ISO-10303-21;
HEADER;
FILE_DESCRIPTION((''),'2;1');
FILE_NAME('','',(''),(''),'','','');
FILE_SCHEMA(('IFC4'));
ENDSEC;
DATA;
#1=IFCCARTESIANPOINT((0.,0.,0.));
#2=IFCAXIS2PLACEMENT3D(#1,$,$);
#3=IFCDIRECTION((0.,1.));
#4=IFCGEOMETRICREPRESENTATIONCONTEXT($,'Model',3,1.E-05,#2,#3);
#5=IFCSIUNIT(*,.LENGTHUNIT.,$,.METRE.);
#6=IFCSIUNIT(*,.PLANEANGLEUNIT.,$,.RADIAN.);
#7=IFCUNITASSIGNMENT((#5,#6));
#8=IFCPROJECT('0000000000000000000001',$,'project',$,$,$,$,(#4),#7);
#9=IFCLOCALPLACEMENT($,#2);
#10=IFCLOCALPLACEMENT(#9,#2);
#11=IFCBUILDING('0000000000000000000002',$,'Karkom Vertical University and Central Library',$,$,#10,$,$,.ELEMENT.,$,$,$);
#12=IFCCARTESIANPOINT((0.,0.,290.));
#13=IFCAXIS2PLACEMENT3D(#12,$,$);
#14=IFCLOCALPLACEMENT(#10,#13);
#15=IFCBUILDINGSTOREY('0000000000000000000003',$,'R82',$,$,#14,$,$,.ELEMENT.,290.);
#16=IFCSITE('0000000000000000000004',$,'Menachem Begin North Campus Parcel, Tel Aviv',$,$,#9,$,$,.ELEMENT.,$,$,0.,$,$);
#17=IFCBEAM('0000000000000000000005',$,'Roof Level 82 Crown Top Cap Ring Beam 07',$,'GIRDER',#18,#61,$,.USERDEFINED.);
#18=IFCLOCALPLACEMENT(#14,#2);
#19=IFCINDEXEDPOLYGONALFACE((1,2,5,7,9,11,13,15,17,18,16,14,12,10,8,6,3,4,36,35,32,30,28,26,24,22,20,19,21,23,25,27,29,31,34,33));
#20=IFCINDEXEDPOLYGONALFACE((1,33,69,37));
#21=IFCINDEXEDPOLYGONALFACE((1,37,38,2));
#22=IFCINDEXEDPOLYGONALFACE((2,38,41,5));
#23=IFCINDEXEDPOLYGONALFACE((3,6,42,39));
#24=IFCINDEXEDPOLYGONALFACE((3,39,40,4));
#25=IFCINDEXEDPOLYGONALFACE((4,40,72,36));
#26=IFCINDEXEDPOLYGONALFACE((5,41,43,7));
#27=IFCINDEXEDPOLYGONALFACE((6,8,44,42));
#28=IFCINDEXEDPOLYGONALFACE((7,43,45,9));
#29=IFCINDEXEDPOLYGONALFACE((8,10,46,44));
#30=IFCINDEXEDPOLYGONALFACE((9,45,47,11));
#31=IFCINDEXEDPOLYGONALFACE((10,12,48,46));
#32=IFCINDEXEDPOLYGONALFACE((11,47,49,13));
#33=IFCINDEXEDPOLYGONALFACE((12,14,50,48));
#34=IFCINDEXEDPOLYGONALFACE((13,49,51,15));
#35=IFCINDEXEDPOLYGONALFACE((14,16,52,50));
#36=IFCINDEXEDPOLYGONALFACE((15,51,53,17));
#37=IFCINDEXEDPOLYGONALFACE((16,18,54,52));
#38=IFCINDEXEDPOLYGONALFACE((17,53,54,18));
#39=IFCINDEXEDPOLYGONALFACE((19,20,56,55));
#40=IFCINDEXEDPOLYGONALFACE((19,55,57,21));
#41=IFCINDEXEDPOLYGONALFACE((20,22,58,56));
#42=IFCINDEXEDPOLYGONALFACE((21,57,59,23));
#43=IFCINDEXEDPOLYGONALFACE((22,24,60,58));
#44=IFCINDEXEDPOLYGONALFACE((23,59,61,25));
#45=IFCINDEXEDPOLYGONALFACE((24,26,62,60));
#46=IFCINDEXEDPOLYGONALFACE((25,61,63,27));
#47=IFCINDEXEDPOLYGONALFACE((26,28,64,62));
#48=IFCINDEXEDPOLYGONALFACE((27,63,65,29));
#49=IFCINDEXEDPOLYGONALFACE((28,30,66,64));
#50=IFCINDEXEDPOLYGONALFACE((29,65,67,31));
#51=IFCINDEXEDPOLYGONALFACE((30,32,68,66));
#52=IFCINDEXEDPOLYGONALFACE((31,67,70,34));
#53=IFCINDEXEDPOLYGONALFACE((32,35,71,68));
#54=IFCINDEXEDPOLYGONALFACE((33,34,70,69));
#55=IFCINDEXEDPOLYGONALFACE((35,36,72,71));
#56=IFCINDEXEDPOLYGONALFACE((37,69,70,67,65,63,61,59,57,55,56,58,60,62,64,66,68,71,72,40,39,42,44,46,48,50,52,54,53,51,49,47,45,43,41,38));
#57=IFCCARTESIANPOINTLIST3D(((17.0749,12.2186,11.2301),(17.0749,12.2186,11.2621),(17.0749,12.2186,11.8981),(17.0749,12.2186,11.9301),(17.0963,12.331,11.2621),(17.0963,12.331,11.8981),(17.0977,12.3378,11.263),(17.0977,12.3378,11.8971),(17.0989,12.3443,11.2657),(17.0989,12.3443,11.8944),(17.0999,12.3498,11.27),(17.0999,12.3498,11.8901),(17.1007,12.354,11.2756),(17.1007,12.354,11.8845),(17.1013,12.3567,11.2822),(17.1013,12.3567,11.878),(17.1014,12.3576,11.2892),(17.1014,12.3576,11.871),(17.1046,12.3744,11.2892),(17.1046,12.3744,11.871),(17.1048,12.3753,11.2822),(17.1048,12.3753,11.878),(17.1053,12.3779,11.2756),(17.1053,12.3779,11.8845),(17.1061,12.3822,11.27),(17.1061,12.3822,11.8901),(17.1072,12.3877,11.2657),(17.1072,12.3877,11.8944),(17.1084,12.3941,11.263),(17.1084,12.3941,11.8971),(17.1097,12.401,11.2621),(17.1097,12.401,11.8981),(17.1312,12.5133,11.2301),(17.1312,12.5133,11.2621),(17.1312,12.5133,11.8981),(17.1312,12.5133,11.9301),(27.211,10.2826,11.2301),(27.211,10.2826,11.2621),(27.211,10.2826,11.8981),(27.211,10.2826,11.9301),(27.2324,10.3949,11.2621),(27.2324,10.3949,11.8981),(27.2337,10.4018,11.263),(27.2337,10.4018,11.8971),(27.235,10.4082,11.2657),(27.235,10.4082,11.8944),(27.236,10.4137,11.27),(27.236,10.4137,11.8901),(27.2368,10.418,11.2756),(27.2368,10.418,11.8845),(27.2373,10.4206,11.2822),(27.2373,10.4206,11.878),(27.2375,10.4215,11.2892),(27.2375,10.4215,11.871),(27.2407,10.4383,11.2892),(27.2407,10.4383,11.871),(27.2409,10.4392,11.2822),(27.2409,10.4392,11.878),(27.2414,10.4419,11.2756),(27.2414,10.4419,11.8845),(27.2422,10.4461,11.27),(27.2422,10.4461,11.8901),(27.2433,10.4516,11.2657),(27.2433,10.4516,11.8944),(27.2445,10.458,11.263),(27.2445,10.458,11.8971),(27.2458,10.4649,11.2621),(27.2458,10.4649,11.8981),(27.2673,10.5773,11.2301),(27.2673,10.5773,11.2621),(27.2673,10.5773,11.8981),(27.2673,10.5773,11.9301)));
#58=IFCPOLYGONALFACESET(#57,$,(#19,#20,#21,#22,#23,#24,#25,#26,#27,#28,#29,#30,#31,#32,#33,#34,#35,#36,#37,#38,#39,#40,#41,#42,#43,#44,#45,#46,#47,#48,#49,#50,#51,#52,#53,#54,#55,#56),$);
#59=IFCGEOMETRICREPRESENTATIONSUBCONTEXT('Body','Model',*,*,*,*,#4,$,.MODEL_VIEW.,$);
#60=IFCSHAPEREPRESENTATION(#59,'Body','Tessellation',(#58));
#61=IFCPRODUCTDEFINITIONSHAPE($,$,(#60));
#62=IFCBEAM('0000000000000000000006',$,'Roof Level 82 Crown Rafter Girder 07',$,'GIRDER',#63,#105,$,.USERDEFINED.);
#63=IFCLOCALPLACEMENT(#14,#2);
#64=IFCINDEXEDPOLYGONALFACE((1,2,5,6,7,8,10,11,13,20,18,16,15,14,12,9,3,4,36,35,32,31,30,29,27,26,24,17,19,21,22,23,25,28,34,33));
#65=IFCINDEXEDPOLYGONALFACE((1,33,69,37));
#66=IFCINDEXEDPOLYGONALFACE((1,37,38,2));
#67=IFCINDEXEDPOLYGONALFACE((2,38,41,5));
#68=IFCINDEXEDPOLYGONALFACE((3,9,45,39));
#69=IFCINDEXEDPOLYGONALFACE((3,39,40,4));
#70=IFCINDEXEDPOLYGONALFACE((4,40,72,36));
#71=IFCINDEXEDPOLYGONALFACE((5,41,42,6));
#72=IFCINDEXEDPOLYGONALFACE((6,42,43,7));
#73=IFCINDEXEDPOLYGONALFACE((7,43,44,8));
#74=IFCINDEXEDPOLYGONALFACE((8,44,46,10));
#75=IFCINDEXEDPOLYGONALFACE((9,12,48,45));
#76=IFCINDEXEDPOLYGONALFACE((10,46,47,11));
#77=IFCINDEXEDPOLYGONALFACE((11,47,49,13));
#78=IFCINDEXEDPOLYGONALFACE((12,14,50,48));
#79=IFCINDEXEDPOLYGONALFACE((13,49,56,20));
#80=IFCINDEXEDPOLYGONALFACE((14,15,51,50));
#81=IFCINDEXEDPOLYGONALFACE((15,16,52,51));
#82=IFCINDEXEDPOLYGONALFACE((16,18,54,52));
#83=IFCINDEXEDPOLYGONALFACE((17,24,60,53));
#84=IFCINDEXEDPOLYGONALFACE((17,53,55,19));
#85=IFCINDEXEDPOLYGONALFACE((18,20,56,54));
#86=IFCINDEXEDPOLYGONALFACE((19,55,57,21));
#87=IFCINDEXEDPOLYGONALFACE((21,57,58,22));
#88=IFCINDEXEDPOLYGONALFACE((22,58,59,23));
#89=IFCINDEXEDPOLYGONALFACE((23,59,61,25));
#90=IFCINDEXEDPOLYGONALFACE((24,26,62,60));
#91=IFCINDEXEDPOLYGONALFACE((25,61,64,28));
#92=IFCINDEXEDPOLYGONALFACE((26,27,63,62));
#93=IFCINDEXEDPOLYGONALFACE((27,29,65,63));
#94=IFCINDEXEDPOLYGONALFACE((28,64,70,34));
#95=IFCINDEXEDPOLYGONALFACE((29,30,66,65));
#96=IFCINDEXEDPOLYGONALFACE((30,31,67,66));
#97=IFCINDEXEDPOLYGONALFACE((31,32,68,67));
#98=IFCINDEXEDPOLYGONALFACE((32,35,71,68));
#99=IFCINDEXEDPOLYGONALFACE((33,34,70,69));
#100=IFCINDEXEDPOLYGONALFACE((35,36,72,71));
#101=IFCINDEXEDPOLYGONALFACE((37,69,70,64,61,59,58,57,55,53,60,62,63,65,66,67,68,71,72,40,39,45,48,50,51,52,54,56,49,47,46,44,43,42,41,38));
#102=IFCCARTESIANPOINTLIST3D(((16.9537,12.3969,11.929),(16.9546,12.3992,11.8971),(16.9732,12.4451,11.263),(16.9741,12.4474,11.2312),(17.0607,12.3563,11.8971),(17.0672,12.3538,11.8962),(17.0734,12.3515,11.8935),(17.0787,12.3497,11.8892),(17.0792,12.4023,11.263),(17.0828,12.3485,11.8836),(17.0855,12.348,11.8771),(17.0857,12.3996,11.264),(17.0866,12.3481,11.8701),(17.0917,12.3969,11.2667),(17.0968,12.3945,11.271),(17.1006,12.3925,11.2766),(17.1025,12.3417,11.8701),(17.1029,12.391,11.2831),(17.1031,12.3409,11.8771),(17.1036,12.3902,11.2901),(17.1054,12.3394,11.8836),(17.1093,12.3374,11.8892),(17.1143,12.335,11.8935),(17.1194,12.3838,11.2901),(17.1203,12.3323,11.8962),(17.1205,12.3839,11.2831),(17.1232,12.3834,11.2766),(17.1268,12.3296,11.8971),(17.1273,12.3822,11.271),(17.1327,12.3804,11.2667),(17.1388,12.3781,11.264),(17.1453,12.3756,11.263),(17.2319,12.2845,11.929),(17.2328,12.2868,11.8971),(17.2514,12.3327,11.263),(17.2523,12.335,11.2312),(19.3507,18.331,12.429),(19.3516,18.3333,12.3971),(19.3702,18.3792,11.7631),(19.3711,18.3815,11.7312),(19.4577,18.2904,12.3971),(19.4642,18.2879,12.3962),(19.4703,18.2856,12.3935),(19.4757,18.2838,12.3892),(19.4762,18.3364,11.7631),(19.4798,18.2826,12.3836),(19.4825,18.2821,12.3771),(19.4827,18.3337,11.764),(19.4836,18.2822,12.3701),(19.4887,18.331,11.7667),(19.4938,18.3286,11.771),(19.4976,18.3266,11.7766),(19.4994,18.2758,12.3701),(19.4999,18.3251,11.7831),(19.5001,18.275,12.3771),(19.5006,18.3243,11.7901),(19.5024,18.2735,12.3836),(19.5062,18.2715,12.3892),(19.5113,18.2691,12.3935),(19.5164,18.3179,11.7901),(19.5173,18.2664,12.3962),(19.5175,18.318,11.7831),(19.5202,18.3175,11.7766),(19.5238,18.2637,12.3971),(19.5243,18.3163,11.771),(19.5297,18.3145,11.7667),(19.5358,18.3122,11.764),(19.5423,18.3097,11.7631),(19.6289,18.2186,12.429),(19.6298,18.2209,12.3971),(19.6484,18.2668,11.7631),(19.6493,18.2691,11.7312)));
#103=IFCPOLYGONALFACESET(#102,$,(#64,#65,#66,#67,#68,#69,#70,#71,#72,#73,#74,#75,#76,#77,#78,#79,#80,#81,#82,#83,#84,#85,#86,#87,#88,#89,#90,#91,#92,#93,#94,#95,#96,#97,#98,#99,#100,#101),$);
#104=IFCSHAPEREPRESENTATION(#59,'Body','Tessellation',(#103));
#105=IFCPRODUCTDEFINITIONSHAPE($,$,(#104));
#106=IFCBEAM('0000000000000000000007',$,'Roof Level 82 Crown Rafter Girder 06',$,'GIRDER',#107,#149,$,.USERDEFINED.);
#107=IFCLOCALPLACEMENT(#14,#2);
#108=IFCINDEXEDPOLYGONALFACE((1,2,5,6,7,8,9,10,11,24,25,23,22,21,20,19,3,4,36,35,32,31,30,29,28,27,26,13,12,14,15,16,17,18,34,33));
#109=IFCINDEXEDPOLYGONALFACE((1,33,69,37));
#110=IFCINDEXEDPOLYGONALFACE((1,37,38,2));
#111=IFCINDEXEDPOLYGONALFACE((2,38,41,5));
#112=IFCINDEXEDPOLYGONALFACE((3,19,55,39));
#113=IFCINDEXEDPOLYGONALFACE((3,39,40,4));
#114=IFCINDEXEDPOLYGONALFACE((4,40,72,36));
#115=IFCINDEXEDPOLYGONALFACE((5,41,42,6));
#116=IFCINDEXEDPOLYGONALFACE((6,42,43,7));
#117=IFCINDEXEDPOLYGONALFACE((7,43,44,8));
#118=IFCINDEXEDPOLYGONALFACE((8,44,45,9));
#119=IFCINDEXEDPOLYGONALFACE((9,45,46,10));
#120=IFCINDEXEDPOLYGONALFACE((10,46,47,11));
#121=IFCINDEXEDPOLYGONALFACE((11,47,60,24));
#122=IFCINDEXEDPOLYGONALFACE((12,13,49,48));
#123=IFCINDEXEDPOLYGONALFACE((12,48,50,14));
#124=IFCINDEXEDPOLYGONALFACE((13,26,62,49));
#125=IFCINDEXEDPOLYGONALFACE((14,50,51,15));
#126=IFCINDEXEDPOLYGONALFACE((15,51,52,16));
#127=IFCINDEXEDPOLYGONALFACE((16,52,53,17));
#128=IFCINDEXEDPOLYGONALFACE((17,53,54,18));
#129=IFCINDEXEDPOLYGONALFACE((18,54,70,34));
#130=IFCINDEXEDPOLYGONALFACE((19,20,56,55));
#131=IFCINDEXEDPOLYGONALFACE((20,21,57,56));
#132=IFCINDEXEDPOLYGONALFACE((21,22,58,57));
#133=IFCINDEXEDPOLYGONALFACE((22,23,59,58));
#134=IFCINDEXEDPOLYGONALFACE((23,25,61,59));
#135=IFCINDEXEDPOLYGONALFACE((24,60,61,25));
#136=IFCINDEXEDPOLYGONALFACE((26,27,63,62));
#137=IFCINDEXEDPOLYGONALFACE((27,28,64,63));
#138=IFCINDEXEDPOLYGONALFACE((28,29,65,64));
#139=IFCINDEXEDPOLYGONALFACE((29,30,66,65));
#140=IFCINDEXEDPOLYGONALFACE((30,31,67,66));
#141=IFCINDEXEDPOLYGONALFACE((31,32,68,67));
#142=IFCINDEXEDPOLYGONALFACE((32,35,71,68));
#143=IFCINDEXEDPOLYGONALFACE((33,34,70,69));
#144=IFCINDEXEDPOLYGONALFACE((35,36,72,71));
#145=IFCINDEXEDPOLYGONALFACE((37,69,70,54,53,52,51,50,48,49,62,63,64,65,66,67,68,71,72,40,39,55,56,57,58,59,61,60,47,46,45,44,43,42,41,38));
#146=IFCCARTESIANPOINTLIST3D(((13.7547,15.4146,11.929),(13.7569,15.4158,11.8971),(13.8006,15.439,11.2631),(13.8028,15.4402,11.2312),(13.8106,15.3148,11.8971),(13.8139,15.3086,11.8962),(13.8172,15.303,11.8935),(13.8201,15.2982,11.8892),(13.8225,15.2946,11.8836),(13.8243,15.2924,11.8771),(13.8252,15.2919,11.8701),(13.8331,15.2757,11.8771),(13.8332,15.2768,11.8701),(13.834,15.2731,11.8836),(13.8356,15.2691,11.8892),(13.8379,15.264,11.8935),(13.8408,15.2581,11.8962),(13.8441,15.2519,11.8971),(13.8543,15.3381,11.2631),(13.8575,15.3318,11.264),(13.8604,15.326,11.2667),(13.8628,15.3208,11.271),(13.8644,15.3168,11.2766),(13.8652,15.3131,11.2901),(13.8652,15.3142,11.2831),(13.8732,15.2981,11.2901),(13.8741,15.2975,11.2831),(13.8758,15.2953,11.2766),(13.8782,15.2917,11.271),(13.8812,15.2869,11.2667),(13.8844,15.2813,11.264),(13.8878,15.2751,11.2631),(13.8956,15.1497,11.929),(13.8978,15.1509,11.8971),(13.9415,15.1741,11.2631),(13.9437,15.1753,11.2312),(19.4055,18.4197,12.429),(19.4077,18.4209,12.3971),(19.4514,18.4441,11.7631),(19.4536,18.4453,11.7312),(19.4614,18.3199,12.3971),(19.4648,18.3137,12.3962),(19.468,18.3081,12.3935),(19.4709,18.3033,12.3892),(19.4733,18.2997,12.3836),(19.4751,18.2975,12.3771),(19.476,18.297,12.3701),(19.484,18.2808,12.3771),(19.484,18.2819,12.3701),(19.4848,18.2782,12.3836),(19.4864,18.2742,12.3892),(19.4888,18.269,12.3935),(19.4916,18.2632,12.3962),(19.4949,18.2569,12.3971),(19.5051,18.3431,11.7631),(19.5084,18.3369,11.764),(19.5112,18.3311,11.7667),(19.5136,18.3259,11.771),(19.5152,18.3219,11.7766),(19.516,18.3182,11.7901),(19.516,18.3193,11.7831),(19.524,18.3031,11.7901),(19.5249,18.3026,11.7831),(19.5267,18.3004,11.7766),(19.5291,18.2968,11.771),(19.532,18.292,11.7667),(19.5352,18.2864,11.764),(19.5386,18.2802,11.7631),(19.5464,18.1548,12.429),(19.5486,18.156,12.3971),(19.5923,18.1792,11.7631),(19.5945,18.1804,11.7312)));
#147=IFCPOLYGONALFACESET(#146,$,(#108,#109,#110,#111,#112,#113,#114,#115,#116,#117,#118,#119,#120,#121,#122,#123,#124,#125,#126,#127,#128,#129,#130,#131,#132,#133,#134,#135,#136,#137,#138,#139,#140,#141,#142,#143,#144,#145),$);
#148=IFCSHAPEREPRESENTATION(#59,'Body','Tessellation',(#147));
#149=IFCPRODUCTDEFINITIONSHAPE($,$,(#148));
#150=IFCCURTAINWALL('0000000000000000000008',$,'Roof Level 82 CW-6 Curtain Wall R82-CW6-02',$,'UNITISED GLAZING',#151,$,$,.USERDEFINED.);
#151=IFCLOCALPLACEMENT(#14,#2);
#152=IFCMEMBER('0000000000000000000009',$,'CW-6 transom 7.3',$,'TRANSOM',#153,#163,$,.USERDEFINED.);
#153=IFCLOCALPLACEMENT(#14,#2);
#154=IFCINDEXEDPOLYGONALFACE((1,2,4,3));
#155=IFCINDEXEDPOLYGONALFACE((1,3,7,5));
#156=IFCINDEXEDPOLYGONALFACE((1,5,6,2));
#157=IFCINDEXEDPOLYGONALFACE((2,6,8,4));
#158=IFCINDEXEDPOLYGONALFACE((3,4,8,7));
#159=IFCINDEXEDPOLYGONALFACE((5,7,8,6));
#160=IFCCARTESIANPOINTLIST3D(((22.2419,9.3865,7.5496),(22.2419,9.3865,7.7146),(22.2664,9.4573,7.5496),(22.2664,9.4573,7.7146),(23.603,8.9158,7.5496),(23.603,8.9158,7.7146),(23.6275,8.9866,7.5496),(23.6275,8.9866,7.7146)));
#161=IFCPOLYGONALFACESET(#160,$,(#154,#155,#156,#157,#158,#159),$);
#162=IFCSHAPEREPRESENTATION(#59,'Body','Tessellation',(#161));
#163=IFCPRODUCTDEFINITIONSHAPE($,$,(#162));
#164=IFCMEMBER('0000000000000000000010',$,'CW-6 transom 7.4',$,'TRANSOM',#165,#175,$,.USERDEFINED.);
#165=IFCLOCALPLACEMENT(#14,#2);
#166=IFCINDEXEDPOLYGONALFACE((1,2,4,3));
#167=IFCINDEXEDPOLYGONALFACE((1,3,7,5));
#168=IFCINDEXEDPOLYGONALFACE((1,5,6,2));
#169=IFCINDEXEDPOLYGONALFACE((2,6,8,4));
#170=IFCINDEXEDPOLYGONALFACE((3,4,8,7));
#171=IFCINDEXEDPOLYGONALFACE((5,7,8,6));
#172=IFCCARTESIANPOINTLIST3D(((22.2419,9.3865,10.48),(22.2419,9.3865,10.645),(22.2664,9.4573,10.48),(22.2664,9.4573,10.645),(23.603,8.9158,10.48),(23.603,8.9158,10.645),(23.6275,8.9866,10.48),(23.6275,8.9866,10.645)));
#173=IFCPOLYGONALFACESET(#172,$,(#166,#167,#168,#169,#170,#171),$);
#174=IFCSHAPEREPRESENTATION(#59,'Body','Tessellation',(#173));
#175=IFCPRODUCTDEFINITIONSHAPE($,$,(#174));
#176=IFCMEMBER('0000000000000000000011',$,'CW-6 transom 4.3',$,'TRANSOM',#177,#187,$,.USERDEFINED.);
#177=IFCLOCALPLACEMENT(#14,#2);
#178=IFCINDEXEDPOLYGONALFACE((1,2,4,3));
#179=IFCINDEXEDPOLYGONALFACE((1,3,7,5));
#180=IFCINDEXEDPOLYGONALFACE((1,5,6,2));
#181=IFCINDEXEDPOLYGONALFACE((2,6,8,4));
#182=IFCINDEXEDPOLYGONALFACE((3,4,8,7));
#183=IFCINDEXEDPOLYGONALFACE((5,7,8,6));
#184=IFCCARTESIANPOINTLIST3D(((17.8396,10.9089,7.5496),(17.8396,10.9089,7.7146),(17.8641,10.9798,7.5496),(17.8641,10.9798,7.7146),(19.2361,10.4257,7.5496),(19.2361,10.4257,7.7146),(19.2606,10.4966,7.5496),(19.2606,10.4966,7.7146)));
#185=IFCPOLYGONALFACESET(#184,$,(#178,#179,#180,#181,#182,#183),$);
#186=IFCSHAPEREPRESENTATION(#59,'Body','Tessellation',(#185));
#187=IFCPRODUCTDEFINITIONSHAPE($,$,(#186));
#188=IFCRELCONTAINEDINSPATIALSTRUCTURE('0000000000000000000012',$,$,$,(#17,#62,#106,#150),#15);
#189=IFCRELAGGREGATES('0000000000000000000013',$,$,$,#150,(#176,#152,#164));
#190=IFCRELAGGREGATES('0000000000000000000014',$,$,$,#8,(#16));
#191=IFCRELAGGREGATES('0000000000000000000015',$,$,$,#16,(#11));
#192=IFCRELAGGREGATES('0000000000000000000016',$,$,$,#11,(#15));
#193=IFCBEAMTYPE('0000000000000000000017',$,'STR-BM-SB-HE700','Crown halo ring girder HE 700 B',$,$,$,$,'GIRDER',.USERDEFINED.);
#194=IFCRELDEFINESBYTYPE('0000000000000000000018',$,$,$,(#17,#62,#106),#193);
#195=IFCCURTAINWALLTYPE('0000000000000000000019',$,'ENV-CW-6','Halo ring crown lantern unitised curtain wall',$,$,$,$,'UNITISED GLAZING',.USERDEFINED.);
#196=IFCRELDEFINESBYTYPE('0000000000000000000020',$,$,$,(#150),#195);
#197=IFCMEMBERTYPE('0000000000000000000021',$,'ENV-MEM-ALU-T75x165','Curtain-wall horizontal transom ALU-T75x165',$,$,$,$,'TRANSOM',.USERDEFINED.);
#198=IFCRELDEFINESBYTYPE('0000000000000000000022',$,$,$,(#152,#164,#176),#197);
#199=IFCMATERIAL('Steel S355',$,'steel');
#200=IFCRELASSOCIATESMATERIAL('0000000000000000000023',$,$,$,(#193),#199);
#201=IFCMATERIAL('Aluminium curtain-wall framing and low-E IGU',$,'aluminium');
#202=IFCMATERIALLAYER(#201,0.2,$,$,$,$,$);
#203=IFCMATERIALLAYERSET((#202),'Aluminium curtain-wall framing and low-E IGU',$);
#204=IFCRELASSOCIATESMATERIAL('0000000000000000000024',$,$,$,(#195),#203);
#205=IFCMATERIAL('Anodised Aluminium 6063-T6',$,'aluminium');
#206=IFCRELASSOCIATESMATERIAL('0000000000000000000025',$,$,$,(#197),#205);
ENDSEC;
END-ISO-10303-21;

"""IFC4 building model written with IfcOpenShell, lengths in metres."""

from ifc_helpers import new_model, si_unit, direction, frame, origin, origin_with_axes, origin_2d, place, context, subcontext, project, spatial, rectangle, i_section, extrude, source, transform, mapped, material, layer, layer_set, material_profile, profile_set, type_object, element, aggregate, save


model = new_model("IFC4")

# Units and contexts
model_context = context("Model", 3, precision=1e-05, world=origin(), true_north=direction((0.0, 1.0)))
body_context = subcontext(model_context, "Body", "Model", "MODEL_VIEW")
ifc_project = project(units=[si_unit("LENGTHUNIT", "METRE"), si_unit("PLANEANGLEUNIT", "RADIAN")], contexts=[model_context])

# Site, building, storey
site_placement = place(None, origin())
site = spatial("IfcSite", under=ifc_project, at=site_placement, Name="Menachem Begin North Campus Parcel, Tel Aviv", CompositionType="ELEMENT", RefElevation=0.0)
building_placement = place(site_placement, origin())
building = spatial("IfcBuilding", under=site, at=building_placement, Name="Karkom Vertical University and Central Library", CompositionType="ELEMENT")
storey_placement = place(building_placement, frame((0.0, 0.0, 290.0)))
storey = spatial("IfcBuildingStorey", under=building, at=storey_placement, Name="R82", CompositionType="ELEMENT", Elevation=290.0)

# Beams
ifc_material_1 = material(Name="Steel S355", Category="steel")
ifc_material_profile_1 = material_profile(ifc_material_1, i_section(OverallWidth=0.3, OverallDepth=0.7, WebThickness=0.0171, FlangeThickness=0.032, FilletRadius=0.0271, at=origin_2d()), Name="HE 700 B")
ifc_profile_set_1 = profile_set([ifc_material_profile_1], Name="Steel S355")
beam_type = type_object("IfcBeamType", Name="STR-BM-SB-HE700", Description="Crown halo ring girder HE 700 B", ElementType="GIRDER", PredefinedType="USERDEFINED", material=ifc_profile_set_1)
shared_shape_1 = source(origin_with_axes(), body_context, "Body", "SweptSolid", [
    extrude(i_section(OverallWidth=0.3, OverallDepth=0.7, WebThickness=0.0171, FlangeThickness=0.032, FilletRadius=0.0271, at=origin_2d()), origin(), (0.0, 0.0, 1.0), 10.3193),
])
beam_1_placement = place(storey_placement, frame((17.103, 12.366, 11.5801), z_axis=(0.982243, -0.187614, 0.0), x_axis=(0.187614, 0.982243, 0.0)))
element("IfcBeam", 1, at=beam_1_placement, inside=storey, type_object=beam_type, Name="Roof Level 82 Crown Top Cap Ring Beam 07", ObjectType="GIRDER", PredefinedType="USERDEFINED", context=body_context, shape_type="MappedRepresentation", body=[
    mapped(shared_shape_1, transform((0.0, 0.0, 0.0), scale=1.0)),
])
shared_shape_2 = source(origin_with_axes(), body_context, "Body", "SweptSolid", [
    extrude(i_section(OverallWidth=0.3, OverallDepth=0.7, WebThickness=0.0171, FlangeThickness=0.032, FilletRadius=0.0271, at=origin_2d()), origin(), (0.0, 0.0, 1.0), 6.4194),
])
beam_2_placement = place(storey_placement, frame((19.5, 18.3, 12.0801), z_axis=(-0.373395, -0.924397, -0.077889), x_axis=(0.927214, -0.374532, 0.0)))
element("IfcBeam", 2, at=beam_2_placement, inside=storey, type_object=beam_type, Name="Roof Level 82 Crown Rafter Girder 07", ObjectType="GIRDER", PredefinedType="USERDEFINED", context=body_context, shape_type="MappedRepresentation", body=[
    mapped(shared_shape_2, transform((0.0, 0.0, 0.0), scale=1.0)),
])
shared_shape_3 = source(origin_with_axes(), body_context, "Body", "SweptSolid", [
    extrude(i_section(OverallWidth=0.3, OverallDepth=0.7, WebThickness=0.0171, FlangeThickness=0.032, FilletRadius=0.0271, at=origin_2d()), origin(), (0.0, 0.0, 1.0), 6.4197),
])
beam_3_placement = place(storey_placement, frame((19.5, 18.3, 12.0801), z_axis=(-0.880233, -0.468106, -0.077885), x_axis=(0.469533, -0.882915, 0.0)))
element("IfcBeam", 3, at=beam_3_placement, inside=storey, type_object=beam_type, Name="Roof Level 82 Crown Rafter Girder 06", ObjectType="GIRDER", PredefinedType="USERDEFINED", context=body_context, shape_type="MappedRepresentation", body=[
    mapped(shared_shape_3, transform((0.0, 0.0, 0.0), scale=1.0)),
])

# Curtain wall, members
ifc_material_2 = material(Name="Aluminium curtain-wall framing and low-E IGU", Category="aluminium")
ifc_layer_1 = layer(ifc_material_2, 0.2)
ifc_layer_set_1 = layer_set([ifc_layer_1], Name="Aluminium curtain-wall framing and low-E IGU")
curtain_wall_type = type_object("IfcCurtainWallType", Name="ENV-CW-6", Description="Halo ring crown lantern unitised curtain wall", ElementType="UNITISED GLAZING", PredefinedType="USERDEFINED", material=ifc_layer_set_1)
curtain_wall_placement = place(storey_placement, origin())
curtain_wall = element("IfcCurtainWall", 4, at=curtain_wall_placement, inside=storey, type_object=curtain_wall_type, Name="Roof Level 82 CW-6 Curtain Wall R82-CW6-02", ObjectType="UNITISED GLAZING", PredefinedType="USERDEFINED")
ifc_material_3 = material(Name="Anodised Aluminium 6063-T6", Category="aluminium")
ifc_material_profile_2 = material_profile(ifc_material_3, rectangle(XDim=0.075, YDim=0.165, at=origin_2d()), Name="ALU-T75x165")
ifc_profile_set_2 = profile_set([ifc_material_profile_2], Name="Anodised Aluminium 6063-T6")
member_type = type_object("IfcMemberType", Name="ENV-MEM-ALU-T75x165", Description="Curtain-wall horizontal transom ALU-T75x165", ElementType="TRANSOM", PredefinedType="USERDEFINED", material=ifc_profile_set_2)
shared_shape_4 = source(origin_with_axes(), body_context, "Body", "SweptSolid", [
    extrude(rectangle(XDim=0.075, YDim=0.165, at=origin_2d()), origin(), (0.0, 0.0, 1.0), 1.4402),
])
member_1_placement = place(storey_placement, frame((22.2542, 9.4219, 7.6321), z_axis=(0.945081, -0.326837, 0.0), x_axis=(0.326837, 0.945081, 0.0)))
member_1 = element("IfcMember", 5, at=member_1_placement, type_object=member_type, Name="CW-6 transom 7.3", ObjectType="TRANSOM", PredefinedType="USERDEFINED", context=body_context, shape_type="MappedRepresentation", body=[
    mapped(shared_shape_4, transform((0.0, 0.0, 0.0), scale=1.0)),
])
member_2_placement = place(storey_placement, frame((22.2542, 9.4219, 10.5625), z_axis=(0.945081, -0.326837, 0.0), x_axis=(0.326837, 0.945081, 0.0)))
member_2 = element("IfcMember", 6, at=member_2_placement, type_object=member_type, Name="CW-6 transom 7.4", ObjectType="TRANSOM", PredefinedType="USERDEFINED", context=body_context, shape_type="MappedRepresentation", body=[
    mapped(shared_shape_4, transform((0.0, 0.0, 0.0), scale=1.0)),
])
shared_shape_5 = source(origin_with_axes(), body_context, "Body", "SweptSolid", [
    extrude(rectangle(XDim=0.075, YDim=0.165, at=origin_2d()), origin(), (0.0, 0.0, 1.0), 1.4778),
])
member_3_placement = place(storey_placement, frame((17.8518, 10.9443, 7.6321), z_axis=(0.945037, -0.326963, 0.0), x_axis=(0.326963, 0.945037, 0.0)))
member_3 = element("IfcMember", 7, at=member_3_placement, type_object=member_type, Name="CW-6 transom 4.3", ObjectType="TRANSOM", PredefinedType="USERDEFINED", context=body_context, shape_type="MappedRepresentation", body=[
    mapped(shared_shape_5, transform((0.0, 0.0, 0.0), scale=1.0)),
])

aggregate(curtain_wall, [member_3, member_1, member_2])

save(model, "model.ifc")
